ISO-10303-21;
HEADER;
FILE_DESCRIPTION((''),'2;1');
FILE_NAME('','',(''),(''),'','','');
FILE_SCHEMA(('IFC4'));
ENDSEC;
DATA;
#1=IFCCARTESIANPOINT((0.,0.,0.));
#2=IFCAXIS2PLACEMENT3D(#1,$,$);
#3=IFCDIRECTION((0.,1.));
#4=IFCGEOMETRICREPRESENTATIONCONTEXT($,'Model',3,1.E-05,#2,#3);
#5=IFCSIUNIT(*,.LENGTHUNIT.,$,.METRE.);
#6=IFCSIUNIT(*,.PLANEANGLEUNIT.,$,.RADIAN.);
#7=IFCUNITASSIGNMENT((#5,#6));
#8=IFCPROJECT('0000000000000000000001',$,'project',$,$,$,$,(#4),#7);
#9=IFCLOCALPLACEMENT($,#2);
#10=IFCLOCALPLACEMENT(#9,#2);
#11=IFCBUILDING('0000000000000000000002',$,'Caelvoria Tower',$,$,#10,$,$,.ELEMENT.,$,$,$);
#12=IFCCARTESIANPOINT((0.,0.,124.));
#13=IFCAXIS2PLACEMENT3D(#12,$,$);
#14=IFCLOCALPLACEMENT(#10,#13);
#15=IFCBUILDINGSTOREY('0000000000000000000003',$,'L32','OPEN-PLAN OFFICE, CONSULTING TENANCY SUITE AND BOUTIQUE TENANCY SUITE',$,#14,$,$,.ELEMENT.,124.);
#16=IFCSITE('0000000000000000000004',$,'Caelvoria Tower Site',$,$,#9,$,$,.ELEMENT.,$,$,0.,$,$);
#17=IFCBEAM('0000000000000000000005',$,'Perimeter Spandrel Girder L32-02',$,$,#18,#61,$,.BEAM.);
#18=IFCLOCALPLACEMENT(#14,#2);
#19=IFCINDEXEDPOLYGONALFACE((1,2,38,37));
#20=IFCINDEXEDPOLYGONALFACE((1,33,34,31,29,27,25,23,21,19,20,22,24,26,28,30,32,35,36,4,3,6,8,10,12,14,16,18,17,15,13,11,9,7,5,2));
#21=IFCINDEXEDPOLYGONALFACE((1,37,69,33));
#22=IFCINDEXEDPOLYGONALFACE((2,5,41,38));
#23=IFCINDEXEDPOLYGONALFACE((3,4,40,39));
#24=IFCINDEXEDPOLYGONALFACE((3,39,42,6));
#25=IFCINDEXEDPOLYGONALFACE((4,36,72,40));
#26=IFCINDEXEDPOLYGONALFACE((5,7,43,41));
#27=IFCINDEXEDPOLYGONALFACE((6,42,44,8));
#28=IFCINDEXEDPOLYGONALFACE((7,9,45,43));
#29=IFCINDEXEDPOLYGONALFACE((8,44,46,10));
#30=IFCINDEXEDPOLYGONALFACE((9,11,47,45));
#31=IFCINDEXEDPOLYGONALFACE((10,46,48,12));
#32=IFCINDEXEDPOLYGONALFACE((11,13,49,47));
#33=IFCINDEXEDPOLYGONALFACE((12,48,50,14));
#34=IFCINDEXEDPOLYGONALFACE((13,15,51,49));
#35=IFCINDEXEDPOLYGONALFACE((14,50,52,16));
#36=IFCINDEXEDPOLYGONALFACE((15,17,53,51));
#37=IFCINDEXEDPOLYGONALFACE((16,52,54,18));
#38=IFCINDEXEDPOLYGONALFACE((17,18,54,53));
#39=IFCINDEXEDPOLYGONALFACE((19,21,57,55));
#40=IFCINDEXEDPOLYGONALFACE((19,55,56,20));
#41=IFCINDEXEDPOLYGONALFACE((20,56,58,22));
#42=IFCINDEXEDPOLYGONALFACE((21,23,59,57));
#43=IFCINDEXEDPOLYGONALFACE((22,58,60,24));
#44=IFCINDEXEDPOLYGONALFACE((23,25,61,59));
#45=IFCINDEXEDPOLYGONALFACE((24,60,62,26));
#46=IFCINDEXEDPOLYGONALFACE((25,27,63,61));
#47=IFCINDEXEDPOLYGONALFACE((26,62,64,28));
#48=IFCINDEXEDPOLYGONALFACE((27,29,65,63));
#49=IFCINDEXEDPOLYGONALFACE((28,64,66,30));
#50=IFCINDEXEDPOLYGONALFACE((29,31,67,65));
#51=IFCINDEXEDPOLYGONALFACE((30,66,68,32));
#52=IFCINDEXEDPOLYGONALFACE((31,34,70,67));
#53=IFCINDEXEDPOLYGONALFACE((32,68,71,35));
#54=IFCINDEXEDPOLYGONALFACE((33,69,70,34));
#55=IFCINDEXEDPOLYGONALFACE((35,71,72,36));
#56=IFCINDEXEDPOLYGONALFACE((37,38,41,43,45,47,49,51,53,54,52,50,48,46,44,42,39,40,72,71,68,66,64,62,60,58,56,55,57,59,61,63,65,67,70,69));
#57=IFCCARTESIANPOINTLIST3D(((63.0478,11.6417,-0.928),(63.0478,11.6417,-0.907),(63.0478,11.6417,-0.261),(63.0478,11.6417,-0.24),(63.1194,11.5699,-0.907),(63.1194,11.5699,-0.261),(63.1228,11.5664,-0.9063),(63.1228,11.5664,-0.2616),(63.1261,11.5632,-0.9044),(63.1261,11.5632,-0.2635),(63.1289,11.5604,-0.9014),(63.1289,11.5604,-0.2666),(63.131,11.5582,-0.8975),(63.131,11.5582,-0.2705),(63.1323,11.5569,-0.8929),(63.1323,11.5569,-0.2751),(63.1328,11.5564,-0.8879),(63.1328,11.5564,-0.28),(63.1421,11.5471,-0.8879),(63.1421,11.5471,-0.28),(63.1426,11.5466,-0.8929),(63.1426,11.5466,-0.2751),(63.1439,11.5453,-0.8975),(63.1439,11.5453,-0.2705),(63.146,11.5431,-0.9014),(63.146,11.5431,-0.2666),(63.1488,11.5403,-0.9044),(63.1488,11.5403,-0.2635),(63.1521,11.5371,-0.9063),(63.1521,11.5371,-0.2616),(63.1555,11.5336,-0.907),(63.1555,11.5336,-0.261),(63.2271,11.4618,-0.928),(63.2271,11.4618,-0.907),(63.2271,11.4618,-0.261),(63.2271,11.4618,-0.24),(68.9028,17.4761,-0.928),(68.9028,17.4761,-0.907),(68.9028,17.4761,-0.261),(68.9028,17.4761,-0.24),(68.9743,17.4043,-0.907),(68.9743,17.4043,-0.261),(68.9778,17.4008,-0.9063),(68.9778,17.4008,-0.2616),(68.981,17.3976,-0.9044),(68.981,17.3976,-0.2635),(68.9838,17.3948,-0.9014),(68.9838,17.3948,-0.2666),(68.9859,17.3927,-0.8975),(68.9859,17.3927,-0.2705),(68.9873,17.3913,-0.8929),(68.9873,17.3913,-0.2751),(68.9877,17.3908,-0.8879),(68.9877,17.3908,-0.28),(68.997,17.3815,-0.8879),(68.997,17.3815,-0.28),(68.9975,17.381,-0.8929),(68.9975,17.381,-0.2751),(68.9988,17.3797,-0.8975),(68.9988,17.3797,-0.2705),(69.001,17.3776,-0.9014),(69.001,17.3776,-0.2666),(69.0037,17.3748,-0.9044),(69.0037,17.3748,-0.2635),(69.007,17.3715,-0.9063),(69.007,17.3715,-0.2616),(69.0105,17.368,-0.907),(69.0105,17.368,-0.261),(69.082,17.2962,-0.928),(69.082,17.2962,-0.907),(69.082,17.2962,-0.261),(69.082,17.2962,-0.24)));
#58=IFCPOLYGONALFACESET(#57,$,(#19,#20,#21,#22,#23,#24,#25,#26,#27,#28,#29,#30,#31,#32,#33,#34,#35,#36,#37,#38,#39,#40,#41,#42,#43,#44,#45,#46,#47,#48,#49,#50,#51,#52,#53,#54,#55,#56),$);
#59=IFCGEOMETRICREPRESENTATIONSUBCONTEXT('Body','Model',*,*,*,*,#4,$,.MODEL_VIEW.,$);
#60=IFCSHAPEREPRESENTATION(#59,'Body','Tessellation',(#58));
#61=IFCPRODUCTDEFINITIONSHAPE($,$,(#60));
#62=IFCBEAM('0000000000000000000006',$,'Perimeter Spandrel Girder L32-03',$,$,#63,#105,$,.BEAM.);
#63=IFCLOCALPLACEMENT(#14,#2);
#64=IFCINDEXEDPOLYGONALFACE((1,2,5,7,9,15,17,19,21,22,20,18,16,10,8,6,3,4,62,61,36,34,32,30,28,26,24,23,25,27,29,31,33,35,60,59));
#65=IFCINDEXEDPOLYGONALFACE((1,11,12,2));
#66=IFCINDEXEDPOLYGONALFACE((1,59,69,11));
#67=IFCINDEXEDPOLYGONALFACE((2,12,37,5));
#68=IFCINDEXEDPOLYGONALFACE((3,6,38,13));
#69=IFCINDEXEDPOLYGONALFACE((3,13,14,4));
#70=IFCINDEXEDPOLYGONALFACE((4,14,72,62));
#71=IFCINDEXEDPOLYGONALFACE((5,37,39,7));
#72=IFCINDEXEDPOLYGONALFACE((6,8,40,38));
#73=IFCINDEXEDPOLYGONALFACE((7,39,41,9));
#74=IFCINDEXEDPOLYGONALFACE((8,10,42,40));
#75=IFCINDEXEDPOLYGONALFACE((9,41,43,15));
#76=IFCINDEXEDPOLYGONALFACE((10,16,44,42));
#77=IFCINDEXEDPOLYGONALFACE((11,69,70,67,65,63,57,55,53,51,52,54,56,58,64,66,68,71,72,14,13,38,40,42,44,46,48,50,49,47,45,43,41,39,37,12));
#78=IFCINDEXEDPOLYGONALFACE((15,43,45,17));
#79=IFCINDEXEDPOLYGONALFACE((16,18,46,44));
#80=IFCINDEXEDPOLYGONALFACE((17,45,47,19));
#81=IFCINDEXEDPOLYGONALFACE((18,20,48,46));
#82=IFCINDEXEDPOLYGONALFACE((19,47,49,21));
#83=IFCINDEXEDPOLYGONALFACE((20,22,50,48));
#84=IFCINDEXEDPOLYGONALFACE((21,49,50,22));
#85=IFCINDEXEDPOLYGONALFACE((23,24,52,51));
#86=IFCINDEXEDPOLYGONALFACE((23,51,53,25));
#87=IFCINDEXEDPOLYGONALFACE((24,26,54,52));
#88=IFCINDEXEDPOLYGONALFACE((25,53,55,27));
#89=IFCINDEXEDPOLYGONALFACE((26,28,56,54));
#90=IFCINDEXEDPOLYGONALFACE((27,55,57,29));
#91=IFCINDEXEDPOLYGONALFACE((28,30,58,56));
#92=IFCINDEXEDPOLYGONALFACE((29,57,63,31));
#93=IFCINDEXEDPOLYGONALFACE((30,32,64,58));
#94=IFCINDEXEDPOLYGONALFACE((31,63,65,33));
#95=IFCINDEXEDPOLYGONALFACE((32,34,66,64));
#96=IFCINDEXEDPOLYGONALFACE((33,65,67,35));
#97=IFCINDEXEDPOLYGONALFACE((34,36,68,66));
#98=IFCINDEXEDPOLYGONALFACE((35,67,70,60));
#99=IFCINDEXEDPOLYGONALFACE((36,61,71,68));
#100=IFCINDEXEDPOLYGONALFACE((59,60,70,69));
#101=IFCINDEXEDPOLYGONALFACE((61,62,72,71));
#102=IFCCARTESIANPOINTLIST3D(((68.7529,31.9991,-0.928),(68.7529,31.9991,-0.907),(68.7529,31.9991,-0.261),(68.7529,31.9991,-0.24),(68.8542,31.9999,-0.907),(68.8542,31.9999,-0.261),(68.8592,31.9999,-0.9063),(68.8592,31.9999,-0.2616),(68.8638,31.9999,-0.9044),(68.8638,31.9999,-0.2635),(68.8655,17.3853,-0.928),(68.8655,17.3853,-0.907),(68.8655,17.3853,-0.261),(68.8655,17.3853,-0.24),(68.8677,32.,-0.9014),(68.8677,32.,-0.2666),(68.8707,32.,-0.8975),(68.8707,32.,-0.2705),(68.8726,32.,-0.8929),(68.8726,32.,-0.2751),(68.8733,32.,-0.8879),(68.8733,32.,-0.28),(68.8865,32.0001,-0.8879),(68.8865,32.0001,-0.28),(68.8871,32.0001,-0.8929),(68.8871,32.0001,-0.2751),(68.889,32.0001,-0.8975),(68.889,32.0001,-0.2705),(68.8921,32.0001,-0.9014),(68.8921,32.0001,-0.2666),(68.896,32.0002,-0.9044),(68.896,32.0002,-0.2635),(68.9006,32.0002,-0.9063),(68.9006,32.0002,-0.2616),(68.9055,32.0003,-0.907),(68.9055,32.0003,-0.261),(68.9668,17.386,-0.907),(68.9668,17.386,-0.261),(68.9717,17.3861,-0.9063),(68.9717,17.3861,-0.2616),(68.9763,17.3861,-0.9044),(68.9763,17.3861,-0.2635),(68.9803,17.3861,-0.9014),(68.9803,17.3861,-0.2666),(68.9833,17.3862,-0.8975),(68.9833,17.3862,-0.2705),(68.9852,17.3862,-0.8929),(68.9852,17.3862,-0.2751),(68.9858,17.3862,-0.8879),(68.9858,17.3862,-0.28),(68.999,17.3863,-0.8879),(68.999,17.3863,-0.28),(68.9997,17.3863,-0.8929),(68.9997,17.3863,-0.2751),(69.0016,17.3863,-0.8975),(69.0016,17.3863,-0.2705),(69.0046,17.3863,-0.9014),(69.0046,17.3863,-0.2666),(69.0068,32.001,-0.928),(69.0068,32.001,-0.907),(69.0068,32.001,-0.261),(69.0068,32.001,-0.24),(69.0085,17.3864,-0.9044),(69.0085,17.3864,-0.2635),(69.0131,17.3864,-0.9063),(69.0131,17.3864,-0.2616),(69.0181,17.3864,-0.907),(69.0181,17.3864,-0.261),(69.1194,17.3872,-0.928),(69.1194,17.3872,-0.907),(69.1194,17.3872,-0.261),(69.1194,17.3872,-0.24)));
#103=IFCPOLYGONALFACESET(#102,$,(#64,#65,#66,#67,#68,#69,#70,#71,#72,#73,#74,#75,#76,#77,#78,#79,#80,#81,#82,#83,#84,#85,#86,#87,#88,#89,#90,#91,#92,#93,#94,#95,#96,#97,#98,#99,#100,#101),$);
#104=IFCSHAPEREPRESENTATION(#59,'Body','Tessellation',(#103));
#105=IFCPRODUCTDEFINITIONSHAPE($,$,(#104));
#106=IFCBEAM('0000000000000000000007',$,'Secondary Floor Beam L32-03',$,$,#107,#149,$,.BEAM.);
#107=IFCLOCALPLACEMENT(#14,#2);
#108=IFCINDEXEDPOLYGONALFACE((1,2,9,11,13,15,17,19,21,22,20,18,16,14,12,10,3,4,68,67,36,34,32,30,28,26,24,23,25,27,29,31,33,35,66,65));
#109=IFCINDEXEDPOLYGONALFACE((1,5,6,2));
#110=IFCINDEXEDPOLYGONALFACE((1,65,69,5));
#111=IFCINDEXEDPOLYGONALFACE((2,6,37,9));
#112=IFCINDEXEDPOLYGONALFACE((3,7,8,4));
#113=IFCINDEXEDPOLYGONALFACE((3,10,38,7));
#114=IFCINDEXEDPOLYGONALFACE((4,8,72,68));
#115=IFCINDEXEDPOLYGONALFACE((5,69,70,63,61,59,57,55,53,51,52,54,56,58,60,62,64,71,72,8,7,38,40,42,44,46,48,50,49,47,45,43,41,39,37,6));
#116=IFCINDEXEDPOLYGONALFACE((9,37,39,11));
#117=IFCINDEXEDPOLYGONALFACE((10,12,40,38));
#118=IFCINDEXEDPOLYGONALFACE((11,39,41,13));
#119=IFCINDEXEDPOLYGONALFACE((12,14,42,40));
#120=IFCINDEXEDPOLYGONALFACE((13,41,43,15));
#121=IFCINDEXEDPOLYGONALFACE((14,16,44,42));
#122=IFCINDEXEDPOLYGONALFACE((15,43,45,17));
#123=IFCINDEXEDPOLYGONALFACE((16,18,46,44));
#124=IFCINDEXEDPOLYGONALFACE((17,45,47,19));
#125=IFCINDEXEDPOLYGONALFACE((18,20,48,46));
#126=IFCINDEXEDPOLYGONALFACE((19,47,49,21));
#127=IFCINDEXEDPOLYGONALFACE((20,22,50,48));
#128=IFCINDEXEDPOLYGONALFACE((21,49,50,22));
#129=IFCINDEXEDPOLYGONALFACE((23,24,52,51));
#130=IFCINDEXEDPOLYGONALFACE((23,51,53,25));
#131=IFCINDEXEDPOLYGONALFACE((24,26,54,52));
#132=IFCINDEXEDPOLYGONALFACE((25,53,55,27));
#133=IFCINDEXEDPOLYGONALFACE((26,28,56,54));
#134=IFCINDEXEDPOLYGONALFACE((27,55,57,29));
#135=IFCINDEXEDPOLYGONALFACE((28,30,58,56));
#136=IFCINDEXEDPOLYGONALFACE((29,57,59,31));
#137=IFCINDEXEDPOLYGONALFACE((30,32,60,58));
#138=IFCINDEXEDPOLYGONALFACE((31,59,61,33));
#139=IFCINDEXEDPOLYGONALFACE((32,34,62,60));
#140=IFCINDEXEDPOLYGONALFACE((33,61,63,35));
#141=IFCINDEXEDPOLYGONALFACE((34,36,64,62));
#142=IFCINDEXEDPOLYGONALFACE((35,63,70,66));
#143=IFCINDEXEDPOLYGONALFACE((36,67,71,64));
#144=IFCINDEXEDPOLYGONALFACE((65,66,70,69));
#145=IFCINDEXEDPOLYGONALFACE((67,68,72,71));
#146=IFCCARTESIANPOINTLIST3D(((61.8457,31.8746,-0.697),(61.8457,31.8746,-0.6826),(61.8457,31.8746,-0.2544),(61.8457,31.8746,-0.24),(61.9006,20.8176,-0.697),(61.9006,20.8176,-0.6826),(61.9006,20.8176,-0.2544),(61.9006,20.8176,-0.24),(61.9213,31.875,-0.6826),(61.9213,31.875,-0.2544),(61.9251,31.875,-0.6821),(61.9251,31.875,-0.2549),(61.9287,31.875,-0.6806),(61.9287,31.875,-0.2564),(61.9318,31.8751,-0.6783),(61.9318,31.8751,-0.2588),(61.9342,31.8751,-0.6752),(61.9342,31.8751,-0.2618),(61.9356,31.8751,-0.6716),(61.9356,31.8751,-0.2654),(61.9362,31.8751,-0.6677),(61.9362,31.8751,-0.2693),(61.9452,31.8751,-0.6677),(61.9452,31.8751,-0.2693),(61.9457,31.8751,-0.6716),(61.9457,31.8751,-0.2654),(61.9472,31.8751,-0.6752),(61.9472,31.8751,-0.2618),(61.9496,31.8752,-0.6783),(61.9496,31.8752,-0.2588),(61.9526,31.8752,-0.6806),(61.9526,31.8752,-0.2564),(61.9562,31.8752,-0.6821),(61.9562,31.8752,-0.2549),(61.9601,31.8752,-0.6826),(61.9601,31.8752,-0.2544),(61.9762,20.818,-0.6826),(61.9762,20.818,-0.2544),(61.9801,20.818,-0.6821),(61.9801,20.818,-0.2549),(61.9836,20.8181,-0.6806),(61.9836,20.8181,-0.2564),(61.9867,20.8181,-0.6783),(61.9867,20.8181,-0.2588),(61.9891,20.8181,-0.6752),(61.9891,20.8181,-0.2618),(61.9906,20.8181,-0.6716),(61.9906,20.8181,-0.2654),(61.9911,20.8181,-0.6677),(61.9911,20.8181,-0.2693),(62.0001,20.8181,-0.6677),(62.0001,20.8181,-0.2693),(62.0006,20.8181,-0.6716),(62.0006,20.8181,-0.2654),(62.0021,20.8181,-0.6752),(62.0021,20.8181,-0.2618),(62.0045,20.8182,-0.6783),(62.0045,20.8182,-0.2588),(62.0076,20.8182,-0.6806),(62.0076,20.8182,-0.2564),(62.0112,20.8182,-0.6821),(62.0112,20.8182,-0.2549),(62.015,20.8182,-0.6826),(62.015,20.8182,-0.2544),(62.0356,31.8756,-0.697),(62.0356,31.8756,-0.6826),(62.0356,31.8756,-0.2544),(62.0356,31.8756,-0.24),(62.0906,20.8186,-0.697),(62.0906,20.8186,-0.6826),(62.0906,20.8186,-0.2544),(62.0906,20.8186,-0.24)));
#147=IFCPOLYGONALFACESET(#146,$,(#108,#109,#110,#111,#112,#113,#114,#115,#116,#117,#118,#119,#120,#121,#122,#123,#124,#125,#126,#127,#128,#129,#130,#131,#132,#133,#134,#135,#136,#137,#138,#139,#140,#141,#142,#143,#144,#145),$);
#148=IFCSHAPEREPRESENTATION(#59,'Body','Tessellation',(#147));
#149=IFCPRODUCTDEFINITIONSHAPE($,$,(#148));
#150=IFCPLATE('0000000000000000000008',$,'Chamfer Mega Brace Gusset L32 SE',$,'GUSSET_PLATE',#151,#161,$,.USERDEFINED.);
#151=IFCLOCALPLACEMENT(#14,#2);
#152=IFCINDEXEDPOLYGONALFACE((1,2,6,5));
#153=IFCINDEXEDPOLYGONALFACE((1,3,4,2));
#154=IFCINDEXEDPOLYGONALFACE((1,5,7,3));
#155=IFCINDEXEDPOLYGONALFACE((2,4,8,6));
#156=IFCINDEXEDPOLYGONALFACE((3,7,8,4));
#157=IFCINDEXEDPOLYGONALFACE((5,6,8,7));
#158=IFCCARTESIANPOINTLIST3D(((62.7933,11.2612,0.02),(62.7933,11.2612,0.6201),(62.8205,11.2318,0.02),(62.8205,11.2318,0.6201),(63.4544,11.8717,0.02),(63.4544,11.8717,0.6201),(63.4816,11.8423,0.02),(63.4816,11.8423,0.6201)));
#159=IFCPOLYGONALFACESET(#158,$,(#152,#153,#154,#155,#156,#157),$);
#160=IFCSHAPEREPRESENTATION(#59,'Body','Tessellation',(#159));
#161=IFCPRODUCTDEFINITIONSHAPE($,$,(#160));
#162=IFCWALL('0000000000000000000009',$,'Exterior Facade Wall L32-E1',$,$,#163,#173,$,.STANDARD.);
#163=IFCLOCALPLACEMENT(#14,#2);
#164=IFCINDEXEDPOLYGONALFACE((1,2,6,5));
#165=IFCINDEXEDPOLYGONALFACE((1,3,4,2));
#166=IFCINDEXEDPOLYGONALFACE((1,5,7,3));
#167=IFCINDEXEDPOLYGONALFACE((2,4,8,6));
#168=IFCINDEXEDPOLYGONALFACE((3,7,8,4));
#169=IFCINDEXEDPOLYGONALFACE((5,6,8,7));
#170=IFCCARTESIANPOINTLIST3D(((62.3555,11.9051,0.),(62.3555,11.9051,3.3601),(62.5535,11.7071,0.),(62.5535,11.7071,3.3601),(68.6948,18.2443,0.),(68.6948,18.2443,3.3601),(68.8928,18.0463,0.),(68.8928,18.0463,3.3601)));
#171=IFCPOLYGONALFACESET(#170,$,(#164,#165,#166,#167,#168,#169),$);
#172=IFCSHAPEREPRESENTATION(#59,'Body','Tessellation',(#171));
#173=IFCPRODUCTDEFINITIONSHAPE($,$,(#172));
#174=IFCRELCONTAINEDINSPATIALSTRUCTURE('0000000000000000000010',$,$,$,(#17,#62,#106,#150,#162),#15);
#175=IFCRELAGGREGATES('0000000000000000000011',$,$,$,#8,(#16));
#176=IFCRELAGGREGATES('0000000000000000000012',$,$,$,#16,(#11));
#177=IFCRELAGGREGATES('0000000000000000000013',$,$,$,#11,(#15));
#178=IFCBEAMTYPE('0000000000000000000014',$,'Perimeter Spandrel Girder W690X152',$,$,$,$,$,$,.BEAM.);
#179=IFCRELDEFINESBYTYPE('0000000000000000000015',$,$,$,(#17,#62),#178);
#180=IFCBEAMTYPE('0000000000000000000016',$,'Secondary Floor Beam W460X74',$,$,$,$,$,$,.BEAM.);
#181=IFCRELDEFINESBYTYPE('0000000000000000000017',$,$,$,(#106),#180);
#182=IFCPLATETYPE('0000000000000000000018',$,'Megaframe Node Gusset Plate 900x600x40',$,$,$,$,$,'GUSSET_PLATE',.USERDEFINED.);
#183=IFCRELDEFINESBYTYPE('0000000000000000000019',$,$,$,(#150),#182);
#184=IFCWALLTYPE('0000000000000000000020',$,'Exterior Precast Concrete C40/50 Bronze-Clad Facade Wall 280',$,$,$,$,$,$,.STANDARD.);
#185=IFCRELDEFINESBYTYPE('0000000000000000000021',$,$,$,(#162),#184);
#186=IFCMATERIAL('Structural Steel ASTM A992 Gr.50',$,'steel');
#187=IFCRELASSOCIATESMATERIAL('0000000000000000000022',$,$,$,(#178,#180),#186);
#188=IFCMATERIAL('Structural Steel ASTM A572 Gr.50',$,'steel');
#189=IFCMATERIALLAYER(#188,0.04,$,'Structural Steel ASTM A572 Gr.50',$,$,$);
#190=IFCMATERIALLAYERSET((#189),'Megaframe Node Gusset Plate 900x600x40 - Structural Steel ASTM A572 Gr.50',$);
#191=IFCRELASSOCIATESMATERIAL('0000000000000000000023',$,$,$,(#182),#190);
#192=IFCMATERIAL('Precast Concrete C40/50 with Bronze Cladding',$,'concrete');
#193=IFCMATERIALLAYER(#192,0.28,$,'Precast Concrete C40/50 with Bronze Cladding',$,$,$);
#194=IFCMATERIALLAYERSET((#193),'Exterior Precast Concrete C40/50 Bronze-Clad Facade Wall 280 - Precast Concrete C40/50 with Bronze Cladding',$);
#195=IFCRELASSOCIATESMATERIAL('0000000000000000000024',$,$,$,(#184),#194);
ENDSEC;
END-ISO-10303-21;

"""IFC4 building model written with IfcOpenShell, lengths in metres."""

from ifc_helpers import new_model, si_unit, direction, frame, frame_2d, origin, origin_2d, place, context, subcontext, project, spatial, rectangle, i_section, extrude, material, layer, layer_set, material_profile, profile_set, type_object, element, save


model = new_model("IFC4")

# Units and contexts
model_context = context("Model", 3, precision=1e-05, world=origin(), true_north=direction((0.0, 1.0)))
body_context = subcontext(model_context, "Body", "Model", "MODEL_VIEW")
ifc_project = project(units=[si_unit("LENGTHUNIT", "METRE"), si_unit("PLANEANGLEUNIT", "RADIAN")], contexts=[model_context])

# Site, building, storey
site_placement = place(None, origin())
site = spatial("IfcSite", under=ifc_project, at=site_placement, Name="Caelvoria Tower Site", CompositionType="ELEMENT", RefElevation=0.0)
building_placement = place(site_placement, origin())
building = spatial("IfcBuilding", under=site, at=building_placement, Name="Caelvoria Tower", CompositionType="ELEMENT")
storey_placement = place(building_placement, frame((0.0, 0.0, 124.0)))
storey = spatial("IfcBuildingStorey", under=building, at=storey_placement, Name="L32", Description="OPEN-PLAN OFFICE, CONSULTING TENANCY SUITE AND BOUTIQUE TENANCY SUITE", CompositionType="ELEMENT", Elevation=124.0)

# Shared definitions
ifc_material_1 = material(Name="Structural Steel ASTM A572 Gr.50", Category="steel")

# Beams
ifc_material_2 = material(Name="Structural Steel ASTM A992 Gr.50", Category="steel")
ifc_material_profile_1 = material_profile(ifc_material_2, i_section(OverallWidth=0.2539, OverallDepth=0.688, WebThickness=0.0132, FlangeThickness=0.021, FilletRadius=0.019, at=origin_2d()), Name="Structural Steel ASTM A992 Gr.50")
ifc_profile_set_1 = profile_set([ifc_material_profile_1], Name="W690X152 - Structural Steel ASTM A992 Gr.50")
beam_type_1 = type_object("IfcBeamType", Name="Perimeter Spandrel Girder W690X152", PredefinedType="BEAM", material=ifc_profile_set_1)
beam_1_placement = place(storey_placement, frame((63.1375, 11.5518, -0.584), z_axis=(0.708346, 0.705865, 0.0), x_axis=(-0.705865, 0.708346, 0.0)))
element("IfcBeam", 1, at=beam_1_placement, inside=storey, type_object=beam_type_1, Name="Perimeter Spandrel Girder L32-02", PredefinedType="BEAM", context=body_context, shape_type="SweptSolid", body=[
    extrude(i_section(OverallWidth=0.2539, OverallDepth=0.688, WebThickness=0.0132, FlangeThickness=0.021, FilletRadius=0.019, at=origin_2d()), origin(), (0.0, 0.0, 1.0), 8.2656),
])
beam_2_placement = place(storey_placement, frame((68.9924, 17.3862, -0.584), z_axis=(-0.007701, 0.99997, 0.0), x_axis=(-0.99997, -0.007701, 0.0)))
element("IfcBeam", 2, at=beam_2_placement, inside=storey, type_object=beam_type_1, Name="Perimeter Spandrel Girder L32-03", PredefinedType="BEAM", context=body_context, shape_type="SweptSolid", body=[
    extrude(i_section(OverallWidth=0.2539, OverallDepth=0.688, WebThickness=0.0132, FlangeThickness=0.021, FilletRadius=0.019, at=origin_2d()), origin(), (0.0, 0.0, 1.0), 14.6143),
])
ifc_material_profile_2 = material_profile(ifc_material_2, i_section(OverallWidth=0.1899, OverallDepth=0.457, WebThickness=0.009, FlangeThickness=0.0144, FilletRadius=0.0149, at=origin_2d()), Name="Structural Steel ASTM A992 Gr.50")
ifc_profile_set_2 = profile_set([ifc_material_profile_2], Name="W460X74 - Structural Steel ASTM A992 Gr.50")
beam_type_2 = type_object("IfcBeamType", Name="Secondary Floor Beam W460X74", PredefinedType="BEAM", material=ifc_profile_set_2)
beam_3_placement = place(storey_placement, frame((61.9956, 20.8181, -0.4685), z_axis=(-0.004968, 0.999988, 0.0), x_axis=(-0.999988, -0.004968, 0.0)))
element("IfcBeam", 3, at=beam_3_placement, inside=storey, type_object=beam_type_2, Name="Secondary Floor Beam L32-03", PredefinedType="BEAM", context=body_context, shape_type="SweptSolid", body=[
    extrude(i_section(OverallWidth=0.1899, OverallDepth=0.457, WebThickness=0.009, FlangeThickness=0.0144, FilletRadius=0.0149, at=origin_2d()), origin(), (0.0, 0.0, 1.0), 11.0571),
])

# Plate
ifc_layer_1 = layer(ifc_material_1, 0.04, Name="Structural Steel ASTM A572 Gr.50")
ifc_layer_set_1 = layer_set([ifc_layer_1], Name="Megaframe Node Gusset Plate 900x600x40 - Structural Steel ASTM A572 Gr.50")
plate_type = type_object("IfcPlateType", Name="Megaframe Node Gusset Plate 900x600x40", ElementType="GUSSET_PLATE", PredefinedType="USERDEFINED", material=ifc_layer_set_1)
plate_placement = place(storey_placement, frame((63.1375, 11.5518, 0.02), z_axis=(0.0, 0.0, 1.0), x_axis=(0.734642, 0.678455, 0.0)))
element("IfcPlate", 4, at=plate_placement, inside=storey, type_object=plate_type, Name="Chamfer Mega Brace Gusset L32 SE", ObjectType="GUSSET_PLATE", PredefinedType="USERDEFINED", context=body_context, shape_type="SweptSolid", body=[
    extrude(rectangle(XDim=0.8999, YDim=0.04, at=origin_2d()), origin(), (0.0, 0.0, 1.0), 0.6001),
])

# Wall
ifc_material_3 = material(Name="Precast Concrete C40/50 with Bronze Cladding", Category="concrete")
ifc_layer_2 = layer(ifc_material_3, 0.28, Name="Precast Concrete C40/50 with Bronze Cladding")
ifc_layer_set_2 = layer_set([ifc_layer_2], Name="Exterior Precast Concrete C40/50 Bronze-Clad Facade Wall 280 - Precast Concrete C40/50 with Bronze Cladding")
wall_type_1 = type_object("IfcWallType", Name="Exterior Precast Concrete C40/50 Bronze-Clad Facade Wall 280", PredefinedType="STANDARD", material=ifc_layer_set_2)
wall_1_placement = place(storey_placement, frame((62.4546, 11.8062, 0.0), z_axis=(0.0, 0.0, 1.0), x_axis=(0.707107, 0.707107, 0.0)))
element("IfcWall", 5, at=wall_1_placement, inside=storey, type_object=wall_type_1, Name="Exterior Facade Wall L32-E1", PredefinedType="STANDARD", context=body_context, shape_type="SweptSolid", body=[
    extrude(rectangle(XDim=8.9651, YDim=0.28, at=frame_2d((4.4824, 0.0))), origin(), (0.0, 0.0, 1.0), 3.3601),
])

save(model, "model.ifc")
